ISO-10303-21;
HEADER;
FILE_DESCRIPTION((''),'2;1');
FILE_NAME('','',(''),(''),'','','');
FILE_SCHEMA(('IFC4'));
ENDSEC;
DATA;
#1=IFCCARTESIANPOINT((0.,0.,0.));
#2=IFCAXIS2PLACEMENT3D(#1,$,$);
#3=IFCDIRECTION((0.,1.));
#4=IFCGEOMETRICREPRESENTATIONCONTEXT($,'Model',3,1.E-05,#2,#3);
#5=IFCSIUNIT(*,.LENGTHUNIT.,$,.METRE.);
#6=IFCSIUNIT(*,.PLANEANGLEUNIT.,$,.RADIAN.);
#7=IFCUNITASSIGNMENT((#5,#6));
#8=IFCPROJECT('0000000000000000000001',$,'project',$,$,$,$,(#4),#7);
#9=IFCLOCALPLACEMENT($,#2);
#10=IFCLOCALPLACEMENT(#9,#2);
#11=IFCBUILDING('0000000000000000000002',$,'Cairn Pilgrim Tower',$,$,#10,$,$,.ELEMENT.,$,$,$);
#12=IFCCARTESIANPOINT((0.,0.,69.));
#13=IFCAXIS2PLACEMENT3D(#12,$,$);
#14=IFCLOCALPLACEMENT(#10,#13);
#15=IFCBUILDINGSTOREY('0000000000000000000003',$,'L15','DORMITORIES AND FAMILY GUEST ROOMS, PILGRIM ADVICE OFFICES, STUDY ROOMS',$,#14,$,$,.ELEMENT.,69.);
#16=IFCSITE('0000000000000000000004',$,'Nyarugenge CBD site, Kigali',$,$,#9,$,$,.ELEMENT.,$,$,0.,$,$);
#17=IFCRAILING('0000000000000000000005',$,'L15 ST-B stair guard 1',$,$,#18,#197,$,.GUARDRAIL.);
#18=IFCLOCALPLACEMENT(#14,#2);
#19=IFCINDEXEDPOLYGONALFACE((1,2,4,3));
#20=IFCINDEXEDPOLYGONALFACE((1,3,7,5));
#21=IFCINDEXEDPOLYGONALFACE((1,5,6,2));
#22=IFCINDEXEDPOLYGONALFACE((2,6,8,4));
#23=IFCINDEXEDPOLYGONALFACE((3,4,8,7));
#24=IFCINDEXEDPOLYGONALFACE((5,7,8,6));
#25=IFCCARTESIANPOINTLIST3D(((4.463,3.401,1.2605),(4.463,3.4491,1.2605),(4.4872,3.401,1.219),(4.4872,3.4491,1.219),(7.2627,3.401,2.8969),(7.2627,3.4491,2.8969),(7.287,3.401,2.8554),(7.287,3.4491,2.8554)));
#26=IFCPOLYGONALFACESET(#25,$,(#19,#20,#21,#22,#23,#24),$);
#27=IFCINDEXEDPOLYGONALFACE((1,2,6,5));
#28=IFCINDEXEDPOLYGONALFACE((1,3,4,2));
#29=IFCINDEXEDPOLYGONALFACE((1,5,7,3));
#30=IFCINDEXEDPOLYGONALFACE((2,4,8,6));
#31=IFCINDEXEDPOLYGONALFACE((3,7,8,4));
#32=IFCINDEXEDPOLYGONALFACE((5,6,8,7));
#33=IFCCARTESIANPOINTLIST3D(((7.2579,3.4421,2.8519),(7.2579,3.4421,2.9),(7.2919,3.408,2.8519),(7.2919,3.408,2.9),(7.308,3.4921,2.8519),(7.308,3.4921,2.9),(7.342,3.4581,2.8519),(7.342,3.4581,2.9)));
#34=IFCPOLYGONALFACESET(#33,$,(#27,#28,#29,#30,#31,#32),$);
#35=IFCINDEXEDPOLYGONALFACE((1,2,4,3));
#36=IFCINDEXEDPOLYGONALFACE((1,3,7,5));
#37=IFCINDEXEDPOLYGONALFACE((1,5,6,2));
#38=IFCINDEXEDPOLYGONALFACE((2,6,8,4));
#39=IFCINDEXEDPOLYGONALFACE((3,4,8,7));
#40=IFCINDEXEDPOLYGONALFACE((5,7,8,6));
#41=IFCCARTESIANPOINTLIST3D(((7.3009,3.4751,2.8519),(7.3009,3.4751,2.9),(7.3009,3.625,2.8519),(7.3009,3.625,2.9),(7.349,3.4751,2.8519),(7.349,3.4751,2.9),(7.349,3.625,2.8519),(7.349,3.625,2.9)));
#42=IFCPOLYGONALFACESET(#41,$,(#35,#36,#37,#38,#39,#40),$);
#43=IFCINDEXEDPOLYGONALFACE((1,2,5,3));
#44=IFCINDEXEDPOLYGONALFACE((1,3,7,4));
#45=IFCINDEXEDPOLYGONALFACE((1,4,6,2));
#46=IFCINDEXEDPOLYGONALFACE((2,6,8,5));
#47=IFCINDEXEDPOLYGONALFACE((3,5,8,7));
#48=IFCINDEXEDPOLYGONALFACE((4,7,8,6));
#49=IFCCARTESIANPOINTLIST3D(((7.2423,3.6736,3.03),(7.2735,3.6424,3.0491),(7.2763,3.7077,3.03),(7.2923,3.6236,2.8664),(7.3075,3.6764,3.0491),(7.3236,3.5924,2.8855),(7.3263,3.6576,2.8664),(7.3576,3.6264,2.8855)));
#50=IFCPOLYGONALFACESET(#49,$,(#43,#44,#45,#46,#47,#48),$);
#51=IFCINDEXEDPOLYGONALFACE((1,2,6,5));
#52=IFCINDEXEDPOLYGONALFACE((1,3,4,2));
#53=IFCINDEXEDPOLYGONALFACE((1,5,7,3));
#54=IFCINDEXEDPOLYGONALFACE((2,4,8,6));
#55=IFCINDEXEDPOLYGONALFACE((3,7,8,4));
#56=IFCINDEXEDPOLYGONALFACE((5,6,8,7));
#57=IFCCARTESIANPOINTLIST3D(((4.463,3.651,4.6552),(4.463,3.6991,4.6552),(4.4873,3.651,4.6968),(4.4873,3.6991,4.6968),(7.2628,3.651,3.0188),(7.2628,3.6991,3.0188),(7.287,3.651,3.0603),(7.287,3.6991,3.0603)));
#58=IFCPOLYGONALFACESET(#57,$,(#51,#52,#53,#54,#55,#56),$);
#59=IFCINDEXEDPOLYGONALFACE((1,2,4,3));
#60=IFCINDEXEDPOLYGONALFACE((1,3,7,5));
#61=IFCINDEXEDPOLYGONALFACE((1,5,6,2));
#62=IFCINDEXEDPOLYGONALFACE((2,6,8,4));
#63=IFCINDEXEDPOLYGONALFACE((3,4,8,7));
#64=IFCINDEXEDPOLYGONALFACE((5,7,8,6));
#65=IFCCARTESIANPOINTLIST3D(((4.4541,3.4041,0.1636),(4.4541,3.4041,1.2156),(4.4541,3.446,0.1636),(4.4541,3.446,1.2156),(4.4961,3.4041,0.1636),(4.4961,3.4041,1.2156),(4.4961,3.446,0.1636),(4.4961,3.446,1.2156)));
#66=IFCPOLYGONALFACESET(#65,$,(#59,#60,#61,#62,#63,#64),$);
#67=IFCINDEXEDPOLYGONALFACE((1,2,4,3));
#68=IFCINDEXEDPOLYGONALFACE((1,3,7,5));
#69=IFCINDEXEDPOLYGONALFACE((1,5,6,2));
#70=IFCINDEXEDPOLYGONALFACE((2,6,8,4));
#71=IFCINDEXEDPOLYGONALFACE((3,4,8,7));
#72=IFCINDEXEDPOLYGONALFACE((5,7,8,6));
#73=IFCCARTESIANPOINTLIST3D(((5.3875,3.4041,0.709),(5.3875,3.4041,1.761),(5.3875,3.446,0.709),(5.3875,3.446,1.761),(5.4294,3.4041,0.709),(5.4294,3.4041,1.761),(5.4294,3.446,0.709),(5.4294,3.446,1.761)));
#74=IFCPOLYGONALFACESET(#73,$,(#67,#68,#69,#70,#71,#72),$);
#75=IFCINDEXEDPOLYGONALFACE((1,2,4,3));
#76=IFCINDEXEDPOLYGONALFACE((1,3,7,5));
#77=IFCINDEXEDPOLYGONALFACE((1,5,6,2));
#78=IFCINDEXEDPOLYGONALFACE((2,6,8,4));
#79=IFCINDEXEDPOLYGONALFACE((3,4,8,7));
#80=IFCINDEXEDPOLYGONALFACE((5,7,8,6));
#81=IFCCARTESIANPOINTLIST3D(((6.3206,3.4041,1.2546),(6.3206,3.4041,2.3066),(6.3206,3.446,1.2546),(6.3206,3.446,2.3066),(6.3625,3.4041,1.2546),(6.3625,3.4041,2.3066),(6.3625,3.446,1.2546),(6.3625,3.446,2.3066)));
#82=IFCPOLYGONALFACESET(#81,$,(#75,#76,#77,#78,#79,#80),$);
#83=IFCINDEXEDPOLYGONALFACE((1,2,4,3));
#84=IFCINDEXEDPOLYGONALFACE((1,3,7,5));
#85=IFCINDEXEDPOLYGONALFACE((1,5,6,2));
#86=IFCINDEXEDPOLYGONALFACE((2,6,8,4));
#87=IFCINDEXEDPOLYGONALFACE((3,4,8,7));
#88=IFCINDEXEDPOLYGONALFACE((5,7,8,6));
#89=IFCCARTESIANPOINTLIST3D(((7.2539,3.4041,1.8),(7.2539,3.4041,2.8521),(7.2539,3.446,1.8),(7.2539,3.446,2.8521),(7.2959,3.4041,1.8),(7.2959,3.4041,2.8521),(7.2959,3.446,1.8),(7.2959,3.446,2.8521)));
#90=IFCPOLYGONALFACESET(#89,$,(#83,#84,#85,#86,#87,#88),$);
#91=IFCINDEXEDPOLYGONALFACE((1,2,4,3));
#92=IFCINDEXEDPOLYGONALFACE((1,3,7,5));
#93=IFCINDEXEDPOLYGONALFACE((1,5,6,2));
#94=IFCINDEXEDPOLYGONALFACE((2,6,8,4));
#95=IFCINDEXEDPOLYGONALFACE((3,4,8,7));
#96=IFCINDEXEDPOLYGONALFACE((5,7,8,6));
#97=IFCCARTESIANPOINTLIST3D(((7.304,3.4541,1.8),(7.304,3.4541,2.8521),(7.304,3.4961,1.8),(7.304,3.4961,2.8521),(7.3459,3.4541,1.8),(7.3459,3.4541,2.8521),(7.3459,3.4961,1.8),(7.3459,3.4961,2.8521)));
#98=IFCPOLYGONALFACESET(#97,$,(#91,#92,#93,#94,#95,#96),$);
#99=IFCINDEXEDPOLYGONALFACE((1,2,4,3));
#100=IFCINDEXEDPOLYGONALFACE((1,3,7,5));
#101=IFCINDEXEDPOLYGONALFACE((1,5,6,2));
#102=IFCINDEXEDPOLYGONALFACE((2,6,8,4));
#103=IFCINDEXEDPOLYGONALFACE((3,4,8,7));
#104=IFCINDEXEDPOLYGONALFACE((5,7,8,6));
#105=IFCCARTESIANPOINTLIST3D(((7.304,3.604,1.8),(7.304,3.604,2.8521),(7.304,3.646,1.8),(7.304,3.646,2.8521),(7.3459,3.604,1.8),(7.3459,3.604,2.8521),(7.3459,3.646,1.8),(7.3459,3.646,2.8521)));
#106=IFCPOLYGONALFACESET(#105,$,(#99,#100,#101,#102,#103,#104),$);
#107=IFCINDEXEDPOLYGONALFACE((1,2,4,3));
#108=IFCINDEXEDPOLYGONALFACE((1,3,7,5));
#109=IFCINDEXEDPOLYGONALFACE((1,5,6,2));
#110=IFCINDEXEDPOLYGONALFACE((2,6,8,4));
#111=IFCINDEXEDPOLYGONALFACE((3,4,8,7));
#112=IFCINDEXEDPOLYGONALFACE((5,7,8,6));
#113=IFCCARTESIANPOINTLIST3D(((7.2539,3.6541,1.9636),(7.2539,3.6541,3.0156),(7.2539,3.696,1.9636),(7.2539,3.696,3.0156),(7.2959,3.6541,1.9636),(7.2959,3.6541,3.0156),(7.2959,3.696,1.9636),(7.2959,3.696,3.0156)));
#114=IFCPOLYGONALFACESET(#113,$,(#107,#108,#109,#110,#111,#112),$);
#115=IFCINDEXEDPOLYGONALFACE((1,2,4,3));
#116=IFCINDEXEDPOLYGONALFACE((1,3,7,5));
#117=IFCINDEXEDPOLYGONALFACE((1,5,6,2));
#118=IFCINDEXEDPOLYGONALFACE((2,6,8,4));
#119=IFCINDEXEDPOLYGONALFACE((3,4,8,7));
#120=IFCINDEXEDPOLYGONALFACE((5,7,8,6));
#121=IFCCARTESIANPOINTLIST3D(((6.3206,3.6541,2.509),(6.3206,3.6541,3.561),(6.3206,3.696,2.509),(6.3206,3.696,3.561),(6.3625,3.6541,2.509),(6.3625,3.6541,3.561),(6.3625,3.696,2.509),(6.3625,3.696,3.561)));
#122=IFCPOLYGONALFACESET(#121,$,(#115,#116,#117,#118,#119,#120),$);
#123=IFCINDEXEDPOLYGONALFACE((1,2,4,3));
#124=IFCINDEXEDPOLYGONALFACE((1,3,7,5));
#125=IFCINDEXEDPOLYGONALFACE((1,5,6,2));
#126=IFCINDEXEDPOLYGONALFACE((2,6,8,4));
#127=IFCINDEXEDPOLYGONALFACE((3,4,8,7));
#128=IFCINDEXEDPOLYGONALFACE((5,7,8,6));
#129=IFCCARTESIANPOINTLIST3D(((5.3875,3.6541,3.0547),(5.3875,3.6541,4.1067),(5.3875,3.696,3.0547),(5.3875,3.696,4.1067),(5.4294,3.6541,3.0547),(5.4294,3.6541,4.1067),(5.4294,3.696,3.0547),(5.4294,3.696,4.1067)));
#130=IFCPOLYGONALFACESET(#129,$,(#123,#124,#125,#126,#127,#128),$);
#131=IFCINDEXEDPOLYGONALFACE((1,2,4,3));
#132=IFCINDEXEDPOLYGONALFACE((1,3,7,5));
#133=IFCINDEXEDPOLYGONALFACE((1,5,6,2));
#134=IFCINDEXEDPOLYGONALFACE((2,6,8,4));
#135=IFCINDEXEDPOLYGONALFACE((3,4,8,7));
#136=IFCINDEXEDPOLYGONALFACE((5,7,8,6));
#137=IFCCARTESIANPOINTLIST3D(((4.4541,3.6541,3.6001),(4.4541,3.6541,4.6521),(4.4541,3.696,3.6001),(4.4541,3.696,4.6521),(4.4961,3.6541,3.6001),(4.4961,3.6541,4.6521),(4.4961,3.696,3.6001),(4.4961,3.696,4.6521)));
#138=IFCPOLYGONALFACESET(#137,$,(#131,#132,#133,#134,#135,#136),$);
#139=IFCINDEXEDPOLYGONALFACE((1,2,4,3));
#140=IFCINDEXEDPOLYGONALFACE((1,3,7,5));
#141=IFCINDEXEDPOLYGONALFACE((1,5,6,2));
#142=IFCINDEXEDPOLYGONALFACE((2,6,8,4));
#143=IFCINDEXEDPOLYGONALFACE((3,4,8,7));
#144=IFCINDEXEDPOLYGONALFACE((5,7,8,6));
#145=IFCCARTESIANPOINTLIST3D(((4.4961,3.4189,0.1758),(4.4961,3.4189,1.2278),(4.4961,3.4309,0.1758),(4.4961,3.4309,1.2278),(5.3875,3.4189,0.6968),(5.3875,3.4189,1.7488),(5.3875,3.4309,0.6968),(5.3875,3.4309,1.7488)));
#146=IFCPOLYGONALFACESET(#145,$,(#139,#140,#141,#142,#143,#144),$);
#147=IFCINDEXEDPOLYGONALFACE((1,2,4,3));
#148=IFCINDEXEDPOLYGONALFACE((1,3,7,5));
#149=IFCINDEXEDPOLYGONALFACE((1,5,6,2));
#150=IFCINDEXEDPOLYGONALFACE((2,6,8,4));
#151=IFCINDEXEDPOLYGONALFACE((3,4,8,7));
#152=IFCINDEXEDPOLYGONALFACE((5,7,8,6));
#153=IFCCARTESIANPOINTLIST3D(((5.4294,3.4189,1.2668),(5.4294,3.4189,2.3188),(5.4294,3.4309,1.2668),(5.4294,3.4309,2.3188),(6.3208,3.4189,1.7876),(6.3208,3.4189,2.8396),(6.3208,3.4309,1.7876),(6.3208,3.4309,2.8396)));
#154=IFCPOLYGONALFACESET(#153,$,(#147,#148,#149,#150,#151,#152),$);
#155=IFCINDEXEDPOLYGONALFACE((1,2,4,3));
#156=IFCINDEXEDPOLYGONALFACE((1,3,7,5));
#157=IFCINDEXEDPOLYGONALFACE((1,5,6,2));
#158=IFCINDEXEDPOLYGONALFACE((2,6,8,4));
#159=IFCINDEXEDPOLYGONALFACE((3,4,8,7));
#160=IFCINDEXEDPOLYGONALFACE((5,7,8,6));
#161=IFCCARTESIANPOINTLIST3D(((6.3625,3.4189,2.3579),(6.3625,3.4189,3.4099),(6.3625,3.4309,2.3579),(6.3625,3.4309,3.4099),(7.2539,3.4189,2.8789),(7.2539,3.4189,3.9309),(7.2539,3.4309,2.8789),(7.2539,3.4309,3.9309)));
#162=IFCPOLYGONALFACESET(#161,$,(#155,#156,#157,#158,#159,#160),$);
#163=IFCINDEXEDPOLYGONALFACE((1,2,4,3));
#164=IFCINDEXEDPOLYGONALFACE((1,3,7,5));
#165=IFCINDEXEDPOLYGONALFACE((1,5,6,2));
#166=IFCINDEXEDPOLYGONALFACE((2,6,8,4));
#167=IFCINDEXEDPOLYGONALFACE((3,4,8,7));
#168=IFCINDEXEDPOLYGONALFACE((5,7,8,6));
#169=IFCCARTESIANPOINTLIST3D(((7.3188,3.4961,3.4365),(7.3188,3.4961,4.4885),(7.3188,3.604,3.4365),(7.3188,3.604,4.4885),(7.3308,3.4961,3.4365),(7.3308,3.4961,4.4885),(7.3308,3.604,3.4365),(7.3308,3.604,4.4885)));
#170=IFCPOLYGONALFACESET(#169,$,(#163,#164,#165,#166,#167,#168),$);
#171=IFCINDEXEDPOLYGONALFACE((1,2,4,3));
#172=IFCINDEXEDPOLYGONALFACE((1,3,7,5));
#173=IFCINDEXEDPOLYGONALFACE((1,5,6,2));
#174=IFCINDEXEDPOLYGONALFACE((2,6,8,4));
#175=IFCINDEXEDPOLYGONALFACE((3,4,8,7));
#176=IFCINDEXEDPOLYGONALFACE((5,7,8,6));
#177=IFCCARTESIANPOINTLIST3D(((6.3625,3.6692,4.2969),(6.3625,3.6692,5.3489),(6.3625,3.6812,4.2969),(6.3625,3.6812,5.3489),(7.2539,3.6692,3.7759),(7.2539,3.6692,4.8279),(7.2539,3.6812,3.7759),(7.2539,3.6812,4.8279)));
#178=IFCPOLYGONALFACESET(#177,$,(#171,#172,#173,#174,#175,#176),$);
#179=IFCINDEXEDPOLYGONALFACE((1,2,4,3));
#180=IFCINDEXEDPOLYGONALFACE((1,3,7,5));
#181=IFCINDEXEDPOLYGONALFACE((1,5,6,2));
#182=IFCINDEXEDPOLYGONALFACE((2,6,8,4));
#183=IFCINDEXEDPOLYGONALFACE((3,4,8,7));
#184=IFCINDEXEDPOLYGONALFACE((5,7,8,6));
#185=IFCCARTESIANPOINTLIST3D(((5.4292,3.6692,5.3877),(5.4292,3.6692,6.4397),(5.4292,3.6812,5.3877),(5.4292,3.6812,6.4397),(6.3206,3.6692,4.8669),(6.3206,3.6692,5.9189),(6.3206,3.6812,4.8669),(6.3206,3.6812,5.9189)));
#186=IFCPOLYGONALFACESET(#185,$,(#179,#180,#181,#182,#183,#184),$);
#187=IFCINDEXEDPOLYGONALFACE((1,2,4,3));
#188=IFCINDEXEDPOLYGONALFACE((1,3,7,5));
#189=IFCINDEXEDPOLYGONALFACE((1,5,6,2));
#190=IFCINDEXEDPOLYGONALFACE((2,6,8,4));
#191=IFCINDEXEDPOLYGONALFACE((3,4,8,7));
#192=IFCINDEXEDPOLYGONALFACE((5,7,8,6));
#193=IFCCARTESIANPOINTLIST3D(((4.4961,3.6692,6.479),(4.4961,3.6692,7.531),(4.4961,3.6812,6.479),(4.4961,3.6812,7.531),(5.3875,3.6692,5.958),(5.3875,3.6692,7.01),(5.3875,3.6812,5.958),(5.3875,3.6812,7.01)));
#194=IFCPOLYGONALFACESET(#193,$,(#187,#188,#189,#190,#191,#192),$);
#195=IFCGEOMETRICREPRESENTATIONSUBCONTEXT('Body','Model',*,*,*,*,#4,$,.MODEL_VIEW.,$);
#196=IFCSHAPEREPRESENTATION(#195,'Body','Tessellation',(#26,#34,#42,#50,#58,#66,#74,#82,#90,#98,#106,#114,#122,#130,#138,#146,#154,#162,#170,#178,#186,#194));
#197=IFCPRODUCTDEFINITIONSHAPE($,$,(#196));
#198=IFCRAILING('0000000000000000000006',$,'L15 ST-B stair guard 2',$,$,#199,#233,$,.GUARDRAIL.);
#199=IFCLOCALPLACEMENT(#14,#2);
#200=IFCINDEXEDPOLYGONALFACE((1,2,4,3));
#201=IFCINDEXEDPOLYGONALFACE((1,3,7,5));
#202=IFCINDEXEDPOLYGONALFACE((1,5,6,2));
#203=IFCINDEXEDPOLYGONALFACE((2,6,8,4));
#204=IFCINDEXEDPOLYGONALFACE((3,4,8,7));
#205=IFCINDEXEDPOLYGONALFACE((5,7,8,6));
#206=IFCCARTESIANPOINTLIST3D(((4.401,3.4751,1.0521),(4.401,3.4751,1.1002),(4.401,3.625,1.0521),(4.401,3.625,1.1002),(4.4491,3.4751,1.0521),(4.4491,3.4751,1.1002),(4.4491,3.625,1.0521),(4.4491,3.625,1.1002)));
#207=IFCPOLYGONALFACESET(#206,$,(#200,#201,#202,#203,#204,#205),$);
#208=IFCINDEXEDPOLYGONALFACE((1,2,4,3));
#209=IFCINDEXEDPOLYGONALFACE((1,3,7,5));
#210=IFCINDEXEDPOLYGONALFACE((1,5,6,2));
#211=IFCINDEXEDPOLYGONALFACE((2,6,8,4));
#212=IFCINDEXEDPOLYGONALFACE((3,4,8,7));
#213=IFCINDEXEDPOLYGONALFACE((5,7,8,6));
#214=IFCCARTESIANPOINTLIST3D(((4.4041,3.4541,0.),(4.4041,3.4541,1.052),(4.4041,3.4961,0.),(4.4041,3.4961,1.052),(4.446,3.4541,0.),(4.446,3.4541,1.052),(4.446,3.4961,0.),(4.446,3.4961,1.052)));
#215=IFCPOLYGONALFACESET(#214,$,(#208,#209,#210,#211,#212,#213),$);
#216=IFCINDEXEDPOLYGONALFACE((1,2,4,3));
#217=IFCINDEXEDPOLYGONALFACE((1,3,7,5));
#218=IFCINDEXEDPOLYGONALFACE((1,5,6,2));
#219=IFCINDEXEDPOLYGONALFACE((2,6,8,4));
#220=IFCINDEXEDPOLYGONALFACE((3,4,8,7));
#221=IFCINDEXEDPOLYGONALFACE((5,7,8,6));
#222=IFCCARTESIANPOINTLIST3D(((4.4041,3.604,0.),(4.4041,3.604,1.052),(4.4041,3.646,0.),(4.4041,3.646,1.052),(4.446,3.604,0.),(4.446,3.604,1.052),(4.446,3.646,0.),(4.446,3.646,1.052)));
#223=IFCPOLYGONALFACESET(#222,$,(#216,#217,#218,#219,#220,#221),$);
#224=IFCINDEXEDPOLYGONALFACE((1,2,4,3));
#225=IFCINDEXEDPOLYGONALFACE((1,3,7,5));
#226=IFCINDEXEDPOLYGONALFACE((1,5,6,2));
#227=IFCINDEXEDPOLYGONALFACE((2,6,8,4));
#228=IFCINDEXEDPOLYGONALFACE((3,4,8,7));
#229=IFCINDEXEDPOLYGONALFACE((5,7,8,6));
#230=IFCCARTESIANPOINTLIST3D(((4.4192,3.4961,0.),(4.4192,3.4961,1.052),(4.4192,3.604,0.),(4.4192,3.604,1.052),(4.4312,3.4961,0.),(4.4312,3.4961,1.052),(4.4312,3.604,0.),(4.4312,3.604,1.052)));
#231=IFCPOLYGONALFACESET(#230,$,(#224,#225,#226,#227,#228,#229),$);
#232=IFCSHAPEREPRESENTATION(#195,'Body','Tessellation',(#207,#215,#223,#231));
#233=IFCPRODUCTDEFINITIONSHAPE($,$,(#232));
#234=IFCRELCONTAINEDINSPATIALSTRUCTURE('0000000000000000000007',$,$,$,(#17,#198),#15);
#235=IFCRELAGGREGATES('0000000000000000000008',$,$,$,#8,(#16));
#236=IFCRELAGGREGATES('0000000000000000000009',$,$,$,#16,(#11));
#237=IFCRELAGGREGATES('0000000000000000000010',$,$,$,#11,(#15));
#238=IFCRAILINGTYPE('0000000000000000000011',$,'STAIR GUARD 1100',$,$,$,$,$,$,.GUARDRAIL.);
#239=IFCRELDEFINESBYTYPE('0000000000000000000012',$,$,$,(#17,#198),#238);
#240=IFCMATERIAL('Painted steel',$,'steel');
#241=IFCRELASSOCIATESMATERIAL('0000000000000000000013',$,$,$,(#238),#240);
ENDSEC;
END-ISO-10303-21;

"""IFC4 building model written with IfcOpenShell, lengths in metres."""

from ifc_helpers import new_model, si_unit, direction, frame, origin, origin_2d, place, context, subcontext, project, spatial, polyline, rectangle, outline, extrude, material, type_object, element, save


model = new_model("IFC4")

# Units and contexts
model_context = context("Model", 3, precision=1e-05, world=origin(), true_north=direction((0.0, 1.0)))
body_context = subcontext(model_context, "Body", "Model", "MODEL_VIEW")
ifc_project = project(units=[si_unit("LENGTHUNIT", "METRE"), si_unit("PLANEANGLEUNIT", "RADIAN")], contexts=[model_context])

# Site, building, storey
site_placement = place(None, origin())
site = spatial("IfcSite", under=ifc_project, at=site_placement, Name="Nyarugenge CBD site, Kigali", CompositionType="ELEMENT", RefElevation=0.0)
building_placement = place(site_placement, origin())
building = spatial("IfcBuilding", under=site, at=building_placement, Name="Cairn Pilgrim Tower", CompositionType="ELEMENT")
storey_placement = place(building_placement, frame((0.0, 0.0, 69.0)))
storey = spatial("IfcBuildingStorey", under=building, at=storey_placement, Name="L15", Description="DORMITORIES AND FAMILY GUEST ROOMS, PILGRIM ADVICE OFFICES, STUDY ROOMS", CompositionType="ELEMENT", Elevation=69.0)

# Shared definitions
ifc_material_1 = material(Name="Painted steel", Category="steel")

# Railings
railing_type_1 = type_object("IfcRailingType", Name="STAIR GUARD 1100", PredefinedType="GUARDRAIL", material=ifc_material_1)
railing_1_placement = place(storey_placement, frame((4.4751, 3.425, 0.1636)))
element("IfcRailing", 1, at=railing_1_placement, inside=storey, type_object=railing_type_1, Name="L15 ST-B stair guard 1", PredefinedType="GUARDRAIL", context=body_context, shape_type="SweptSolid", body=[
    extrude(rectangle(XDim=0.0481, YDim=0.0481, at=origin_2d()), frame((0.0, 0.0, 1.0762), z_axis=(0.863342, 0.0, 0.50462), x_axis=(0.0, 1.0, 0.0)), (0.0, 0.0, 1.0), 3.2429),
    extrude(rectangle(XDim=0.0481, YDim=0.0481, at=origin_2d()), frame((2.7998, 0.0, 2.7124), z_axis=(0.707107, 0.707107, 0.0), x_axis=(-0.707107, 0.707107, 0.0)), (0.0, 0.0, 1.0), 0.0708),
    extrude(rectangle(XDim=0.0481, YDim=0.0481, at=origin_2d()), frame((2.8499, 0.05, 2.7124), z_axis=(0.0, 1.0, 0.0), x_axis=(-1.0, 0.0, 0.0)), (0.0, 0.0, 1.0), 0.1499),
    extrude(rectangle(XDim=0.0481, YDim=0.0481, at=origin_2d()), frame((2.8499, 0.2, 2.7124), z_axis=(-0.280809, 0.280809, 0.917765), x_axis=(-0.707107, -0.707107, 0.0)), (0.0, 0.0, 1.0), 0.1782),
    extrude(rectangle(XDim=0.0481, YDim=0.0481, at=origin_2d()), frame((2.7998, 0.25, 2.876), z_axis=(-0.863342, 0.0, 0.50462), x_axis=(0.0, -1.0, 0.0)), (0.0, 0.0, 1.0), 3.2429),
    extrude(rectangle(XDim=0.042, YDim=0.042, at=origin_2d()), origin(), (0.0, 0.0, 1.0), 1.052),
    extrude(rectangle(XDim=0.042, YDim=0.042, at=origin_2d()), frame((0.9333, 0.0, 0.5454)), (0.0, 0.0, 1.0), 1.052),
    extrude(rectangle(XDim=0.042, YDim=0.042, at=origin_2d()), frame((1.8665, 0.0, 1.0911)), (0.0, 0.0, 1.0), 1.052),
    extrude(rectangle(XDim=0.042, YDim=0.042, at=origin_2d()), frame((2.7998, 0.0, 1.6365)), (0.0, 0.0, 1.0), 1.052),
    extrude(rectangle(XDim=0.042, YDim=0.042, at=origin_2d()), frame((2.8499, 0.05, 1.6365)), (0.0, 0.0, 1.0), 1.052),
    extrude(rectangle(XDim=0.042, YDim=0.042, at=origin_2d()), frame((2.8499, 0.2, 1.6365)), (0.0, 0.0, 1.0), 1.052),
    extrude(rectangle(XDim=0.042, YDim=0.042, at=origin_2d()), frame((2.7998, 0.25, 1.8)), (0.0, 0.0, 1.0), 1.052),
    extrude(rectangle(XDim=0.042, YDim=0.042, at=origin_2d()), frame((1.8665, 0.25, 2.3455)), (0.0, 0.0, 1.0), 1.052),
    extrude(rectangle(XDim=0.042, YDim=0.042, at=origin_2d()), frame((0.9333, 0.25, 2.8911)), (0.0, 0.0, 1.0), 1.052),
    extrude(rectangle(XDim=0.042, YDim=0.042, at=origin_2d()), frame((0.0, 0.25, 3.4365)), (0.0, 0.0, 1.0), 1.052),
    extrude(outline(polyline([(0.021, 0.0122), (0.9124, 0.5332), (0.9124, 1.5852), (0.021, 1.0642), (0.021, 0.0122)])), frame((0.0, 0.0059, 0.0), z_axis=(0.0, -1.0, 0.0), x_axis=(1.0, 0.0, 0.0)), (0.0, 0.0, 1.0), 0.012),
    extrude(outline(polyline([(0.021, 0.5579), (0.9124, 1.0786), (0.9124, 2.1306), (0.021, 1.6099), (0.021, 0.5579)])), frame((0.9333, 0.0059, 0.5454), z_axis=(0.0, -1.0, 0.0), x_axis=(1.0, 0.0, 0.0)), (0.0, 0.0, 1.0), 0.012),
    extrude(outline(polyline([(0.021, 1.1033), (0.9124, 1.6243), (0.9124, 2.6763), (0.021, 2.1553), (0.021, 1.1033)])), frame((1.8665, 0.0059, 1.0911), z_axis=(0.0, -1.0, 0.0), x_axis=(1.0, 0.0, 0.0)), (0.0, 0.0, 1.0), 0.012),
    extrude(outline(polyline([(0.021, 1.6365), (0.1289, 1.6365), (0.1289, 2.6885), (0.021, 2.6885), (0.021, 1.6365)])), frame((2.8438, 0.05, 1.6365), z_axis=(1.0, 0.0, 0.0), x_axis=(0.0, 1.0, 0.0)), (0.0, 0.0, 1.0), 0.012),
    extrude(outline(polyline([(0.021, 1.8123), (0.9124, 2.3333), (0.9124, 3.3853), (0.021, 2.8643), (0.021, 1.8123)])), frame((2.7998, 0.2441, 1.8), z_axis=(0.0, 1.0, 0.0), x_axis=(-1.0, 0.0, 0.0)), (0.0, 0.0, 1.0), 0.012),
    extrude(outline(polyline([(0.021, 2.3579), (0.9124, 2.8787), (0.9124, 3.9307), (0.021, 3.4099), (0.021, 2.3579)])), frame((1.8665, 0.2441, 2.3455), z_axis=(0.0, 1.0, 0.0), x_axis=(-1.0, 0.0, 0.0)), (0.0, 0.0, 1.0), 0.012),
    extrude(outline(polyline([(0.021, 2.9033), (0.9124, 3.4243), (0.9124, 4.4763), (0.021, 3.9553), (0.021, 2.9033)])), frame((0.9333, 0.2441, 2.8911), z_axis=(0.0, 1.0, 0.0), x_axis=(-1.0, 0.0, 0.0)), (0.0, 0.0, 1.0), 0.012),
])
railing_2_placement = place(storey_placement, frame((4.425, 3.4751, 0.0)))
element("IfcRailing", 2, at=railing_2_placement, inside=storey, type_object=railing_type_1, Name="L15 ST-B stair guard 2", PredefinedType="GUARDRAIL", context=body_context, shape_type="SweptSolid", body=[
    extrude(rectangle(XDim=0.0481, YDim=0.0481, at=origin_2d()), frame((0.0, 0.0, 1.0762), z_axis=(0.0, 1.0, 0.0), x_axis=(-1.0, 0.0, 0.0)), (0.0, 0.0, 1.0), 0.1499),
    extrude(rectangle(XDim=0.042, YDim=0.042, at=origin_2d()), origin(), (0.0, 0.0, 1.0), 1.052),
    extrude(rectangle(XDim=0.042, YDim=0.042, at=origin_2d()), frame((0.0, 0.1499, 0.0)), (0.0, 0.0, 1.0), 1.052),
    extrude(outline(polyline([(0.021, 0.0), (0.1289, 0.0), (0.1289, 1.052), (0.021, 1.052), (0.021, 0.0)])), frame((-0.0059, 0.0, 0.0), z_axis=(1.0, 0.0, 0.0), x_axis=(0.0, 1.0, 0.0)), (0.0, 0.0, 1.0), 0.012),
])

save(model, "model.ifc")
